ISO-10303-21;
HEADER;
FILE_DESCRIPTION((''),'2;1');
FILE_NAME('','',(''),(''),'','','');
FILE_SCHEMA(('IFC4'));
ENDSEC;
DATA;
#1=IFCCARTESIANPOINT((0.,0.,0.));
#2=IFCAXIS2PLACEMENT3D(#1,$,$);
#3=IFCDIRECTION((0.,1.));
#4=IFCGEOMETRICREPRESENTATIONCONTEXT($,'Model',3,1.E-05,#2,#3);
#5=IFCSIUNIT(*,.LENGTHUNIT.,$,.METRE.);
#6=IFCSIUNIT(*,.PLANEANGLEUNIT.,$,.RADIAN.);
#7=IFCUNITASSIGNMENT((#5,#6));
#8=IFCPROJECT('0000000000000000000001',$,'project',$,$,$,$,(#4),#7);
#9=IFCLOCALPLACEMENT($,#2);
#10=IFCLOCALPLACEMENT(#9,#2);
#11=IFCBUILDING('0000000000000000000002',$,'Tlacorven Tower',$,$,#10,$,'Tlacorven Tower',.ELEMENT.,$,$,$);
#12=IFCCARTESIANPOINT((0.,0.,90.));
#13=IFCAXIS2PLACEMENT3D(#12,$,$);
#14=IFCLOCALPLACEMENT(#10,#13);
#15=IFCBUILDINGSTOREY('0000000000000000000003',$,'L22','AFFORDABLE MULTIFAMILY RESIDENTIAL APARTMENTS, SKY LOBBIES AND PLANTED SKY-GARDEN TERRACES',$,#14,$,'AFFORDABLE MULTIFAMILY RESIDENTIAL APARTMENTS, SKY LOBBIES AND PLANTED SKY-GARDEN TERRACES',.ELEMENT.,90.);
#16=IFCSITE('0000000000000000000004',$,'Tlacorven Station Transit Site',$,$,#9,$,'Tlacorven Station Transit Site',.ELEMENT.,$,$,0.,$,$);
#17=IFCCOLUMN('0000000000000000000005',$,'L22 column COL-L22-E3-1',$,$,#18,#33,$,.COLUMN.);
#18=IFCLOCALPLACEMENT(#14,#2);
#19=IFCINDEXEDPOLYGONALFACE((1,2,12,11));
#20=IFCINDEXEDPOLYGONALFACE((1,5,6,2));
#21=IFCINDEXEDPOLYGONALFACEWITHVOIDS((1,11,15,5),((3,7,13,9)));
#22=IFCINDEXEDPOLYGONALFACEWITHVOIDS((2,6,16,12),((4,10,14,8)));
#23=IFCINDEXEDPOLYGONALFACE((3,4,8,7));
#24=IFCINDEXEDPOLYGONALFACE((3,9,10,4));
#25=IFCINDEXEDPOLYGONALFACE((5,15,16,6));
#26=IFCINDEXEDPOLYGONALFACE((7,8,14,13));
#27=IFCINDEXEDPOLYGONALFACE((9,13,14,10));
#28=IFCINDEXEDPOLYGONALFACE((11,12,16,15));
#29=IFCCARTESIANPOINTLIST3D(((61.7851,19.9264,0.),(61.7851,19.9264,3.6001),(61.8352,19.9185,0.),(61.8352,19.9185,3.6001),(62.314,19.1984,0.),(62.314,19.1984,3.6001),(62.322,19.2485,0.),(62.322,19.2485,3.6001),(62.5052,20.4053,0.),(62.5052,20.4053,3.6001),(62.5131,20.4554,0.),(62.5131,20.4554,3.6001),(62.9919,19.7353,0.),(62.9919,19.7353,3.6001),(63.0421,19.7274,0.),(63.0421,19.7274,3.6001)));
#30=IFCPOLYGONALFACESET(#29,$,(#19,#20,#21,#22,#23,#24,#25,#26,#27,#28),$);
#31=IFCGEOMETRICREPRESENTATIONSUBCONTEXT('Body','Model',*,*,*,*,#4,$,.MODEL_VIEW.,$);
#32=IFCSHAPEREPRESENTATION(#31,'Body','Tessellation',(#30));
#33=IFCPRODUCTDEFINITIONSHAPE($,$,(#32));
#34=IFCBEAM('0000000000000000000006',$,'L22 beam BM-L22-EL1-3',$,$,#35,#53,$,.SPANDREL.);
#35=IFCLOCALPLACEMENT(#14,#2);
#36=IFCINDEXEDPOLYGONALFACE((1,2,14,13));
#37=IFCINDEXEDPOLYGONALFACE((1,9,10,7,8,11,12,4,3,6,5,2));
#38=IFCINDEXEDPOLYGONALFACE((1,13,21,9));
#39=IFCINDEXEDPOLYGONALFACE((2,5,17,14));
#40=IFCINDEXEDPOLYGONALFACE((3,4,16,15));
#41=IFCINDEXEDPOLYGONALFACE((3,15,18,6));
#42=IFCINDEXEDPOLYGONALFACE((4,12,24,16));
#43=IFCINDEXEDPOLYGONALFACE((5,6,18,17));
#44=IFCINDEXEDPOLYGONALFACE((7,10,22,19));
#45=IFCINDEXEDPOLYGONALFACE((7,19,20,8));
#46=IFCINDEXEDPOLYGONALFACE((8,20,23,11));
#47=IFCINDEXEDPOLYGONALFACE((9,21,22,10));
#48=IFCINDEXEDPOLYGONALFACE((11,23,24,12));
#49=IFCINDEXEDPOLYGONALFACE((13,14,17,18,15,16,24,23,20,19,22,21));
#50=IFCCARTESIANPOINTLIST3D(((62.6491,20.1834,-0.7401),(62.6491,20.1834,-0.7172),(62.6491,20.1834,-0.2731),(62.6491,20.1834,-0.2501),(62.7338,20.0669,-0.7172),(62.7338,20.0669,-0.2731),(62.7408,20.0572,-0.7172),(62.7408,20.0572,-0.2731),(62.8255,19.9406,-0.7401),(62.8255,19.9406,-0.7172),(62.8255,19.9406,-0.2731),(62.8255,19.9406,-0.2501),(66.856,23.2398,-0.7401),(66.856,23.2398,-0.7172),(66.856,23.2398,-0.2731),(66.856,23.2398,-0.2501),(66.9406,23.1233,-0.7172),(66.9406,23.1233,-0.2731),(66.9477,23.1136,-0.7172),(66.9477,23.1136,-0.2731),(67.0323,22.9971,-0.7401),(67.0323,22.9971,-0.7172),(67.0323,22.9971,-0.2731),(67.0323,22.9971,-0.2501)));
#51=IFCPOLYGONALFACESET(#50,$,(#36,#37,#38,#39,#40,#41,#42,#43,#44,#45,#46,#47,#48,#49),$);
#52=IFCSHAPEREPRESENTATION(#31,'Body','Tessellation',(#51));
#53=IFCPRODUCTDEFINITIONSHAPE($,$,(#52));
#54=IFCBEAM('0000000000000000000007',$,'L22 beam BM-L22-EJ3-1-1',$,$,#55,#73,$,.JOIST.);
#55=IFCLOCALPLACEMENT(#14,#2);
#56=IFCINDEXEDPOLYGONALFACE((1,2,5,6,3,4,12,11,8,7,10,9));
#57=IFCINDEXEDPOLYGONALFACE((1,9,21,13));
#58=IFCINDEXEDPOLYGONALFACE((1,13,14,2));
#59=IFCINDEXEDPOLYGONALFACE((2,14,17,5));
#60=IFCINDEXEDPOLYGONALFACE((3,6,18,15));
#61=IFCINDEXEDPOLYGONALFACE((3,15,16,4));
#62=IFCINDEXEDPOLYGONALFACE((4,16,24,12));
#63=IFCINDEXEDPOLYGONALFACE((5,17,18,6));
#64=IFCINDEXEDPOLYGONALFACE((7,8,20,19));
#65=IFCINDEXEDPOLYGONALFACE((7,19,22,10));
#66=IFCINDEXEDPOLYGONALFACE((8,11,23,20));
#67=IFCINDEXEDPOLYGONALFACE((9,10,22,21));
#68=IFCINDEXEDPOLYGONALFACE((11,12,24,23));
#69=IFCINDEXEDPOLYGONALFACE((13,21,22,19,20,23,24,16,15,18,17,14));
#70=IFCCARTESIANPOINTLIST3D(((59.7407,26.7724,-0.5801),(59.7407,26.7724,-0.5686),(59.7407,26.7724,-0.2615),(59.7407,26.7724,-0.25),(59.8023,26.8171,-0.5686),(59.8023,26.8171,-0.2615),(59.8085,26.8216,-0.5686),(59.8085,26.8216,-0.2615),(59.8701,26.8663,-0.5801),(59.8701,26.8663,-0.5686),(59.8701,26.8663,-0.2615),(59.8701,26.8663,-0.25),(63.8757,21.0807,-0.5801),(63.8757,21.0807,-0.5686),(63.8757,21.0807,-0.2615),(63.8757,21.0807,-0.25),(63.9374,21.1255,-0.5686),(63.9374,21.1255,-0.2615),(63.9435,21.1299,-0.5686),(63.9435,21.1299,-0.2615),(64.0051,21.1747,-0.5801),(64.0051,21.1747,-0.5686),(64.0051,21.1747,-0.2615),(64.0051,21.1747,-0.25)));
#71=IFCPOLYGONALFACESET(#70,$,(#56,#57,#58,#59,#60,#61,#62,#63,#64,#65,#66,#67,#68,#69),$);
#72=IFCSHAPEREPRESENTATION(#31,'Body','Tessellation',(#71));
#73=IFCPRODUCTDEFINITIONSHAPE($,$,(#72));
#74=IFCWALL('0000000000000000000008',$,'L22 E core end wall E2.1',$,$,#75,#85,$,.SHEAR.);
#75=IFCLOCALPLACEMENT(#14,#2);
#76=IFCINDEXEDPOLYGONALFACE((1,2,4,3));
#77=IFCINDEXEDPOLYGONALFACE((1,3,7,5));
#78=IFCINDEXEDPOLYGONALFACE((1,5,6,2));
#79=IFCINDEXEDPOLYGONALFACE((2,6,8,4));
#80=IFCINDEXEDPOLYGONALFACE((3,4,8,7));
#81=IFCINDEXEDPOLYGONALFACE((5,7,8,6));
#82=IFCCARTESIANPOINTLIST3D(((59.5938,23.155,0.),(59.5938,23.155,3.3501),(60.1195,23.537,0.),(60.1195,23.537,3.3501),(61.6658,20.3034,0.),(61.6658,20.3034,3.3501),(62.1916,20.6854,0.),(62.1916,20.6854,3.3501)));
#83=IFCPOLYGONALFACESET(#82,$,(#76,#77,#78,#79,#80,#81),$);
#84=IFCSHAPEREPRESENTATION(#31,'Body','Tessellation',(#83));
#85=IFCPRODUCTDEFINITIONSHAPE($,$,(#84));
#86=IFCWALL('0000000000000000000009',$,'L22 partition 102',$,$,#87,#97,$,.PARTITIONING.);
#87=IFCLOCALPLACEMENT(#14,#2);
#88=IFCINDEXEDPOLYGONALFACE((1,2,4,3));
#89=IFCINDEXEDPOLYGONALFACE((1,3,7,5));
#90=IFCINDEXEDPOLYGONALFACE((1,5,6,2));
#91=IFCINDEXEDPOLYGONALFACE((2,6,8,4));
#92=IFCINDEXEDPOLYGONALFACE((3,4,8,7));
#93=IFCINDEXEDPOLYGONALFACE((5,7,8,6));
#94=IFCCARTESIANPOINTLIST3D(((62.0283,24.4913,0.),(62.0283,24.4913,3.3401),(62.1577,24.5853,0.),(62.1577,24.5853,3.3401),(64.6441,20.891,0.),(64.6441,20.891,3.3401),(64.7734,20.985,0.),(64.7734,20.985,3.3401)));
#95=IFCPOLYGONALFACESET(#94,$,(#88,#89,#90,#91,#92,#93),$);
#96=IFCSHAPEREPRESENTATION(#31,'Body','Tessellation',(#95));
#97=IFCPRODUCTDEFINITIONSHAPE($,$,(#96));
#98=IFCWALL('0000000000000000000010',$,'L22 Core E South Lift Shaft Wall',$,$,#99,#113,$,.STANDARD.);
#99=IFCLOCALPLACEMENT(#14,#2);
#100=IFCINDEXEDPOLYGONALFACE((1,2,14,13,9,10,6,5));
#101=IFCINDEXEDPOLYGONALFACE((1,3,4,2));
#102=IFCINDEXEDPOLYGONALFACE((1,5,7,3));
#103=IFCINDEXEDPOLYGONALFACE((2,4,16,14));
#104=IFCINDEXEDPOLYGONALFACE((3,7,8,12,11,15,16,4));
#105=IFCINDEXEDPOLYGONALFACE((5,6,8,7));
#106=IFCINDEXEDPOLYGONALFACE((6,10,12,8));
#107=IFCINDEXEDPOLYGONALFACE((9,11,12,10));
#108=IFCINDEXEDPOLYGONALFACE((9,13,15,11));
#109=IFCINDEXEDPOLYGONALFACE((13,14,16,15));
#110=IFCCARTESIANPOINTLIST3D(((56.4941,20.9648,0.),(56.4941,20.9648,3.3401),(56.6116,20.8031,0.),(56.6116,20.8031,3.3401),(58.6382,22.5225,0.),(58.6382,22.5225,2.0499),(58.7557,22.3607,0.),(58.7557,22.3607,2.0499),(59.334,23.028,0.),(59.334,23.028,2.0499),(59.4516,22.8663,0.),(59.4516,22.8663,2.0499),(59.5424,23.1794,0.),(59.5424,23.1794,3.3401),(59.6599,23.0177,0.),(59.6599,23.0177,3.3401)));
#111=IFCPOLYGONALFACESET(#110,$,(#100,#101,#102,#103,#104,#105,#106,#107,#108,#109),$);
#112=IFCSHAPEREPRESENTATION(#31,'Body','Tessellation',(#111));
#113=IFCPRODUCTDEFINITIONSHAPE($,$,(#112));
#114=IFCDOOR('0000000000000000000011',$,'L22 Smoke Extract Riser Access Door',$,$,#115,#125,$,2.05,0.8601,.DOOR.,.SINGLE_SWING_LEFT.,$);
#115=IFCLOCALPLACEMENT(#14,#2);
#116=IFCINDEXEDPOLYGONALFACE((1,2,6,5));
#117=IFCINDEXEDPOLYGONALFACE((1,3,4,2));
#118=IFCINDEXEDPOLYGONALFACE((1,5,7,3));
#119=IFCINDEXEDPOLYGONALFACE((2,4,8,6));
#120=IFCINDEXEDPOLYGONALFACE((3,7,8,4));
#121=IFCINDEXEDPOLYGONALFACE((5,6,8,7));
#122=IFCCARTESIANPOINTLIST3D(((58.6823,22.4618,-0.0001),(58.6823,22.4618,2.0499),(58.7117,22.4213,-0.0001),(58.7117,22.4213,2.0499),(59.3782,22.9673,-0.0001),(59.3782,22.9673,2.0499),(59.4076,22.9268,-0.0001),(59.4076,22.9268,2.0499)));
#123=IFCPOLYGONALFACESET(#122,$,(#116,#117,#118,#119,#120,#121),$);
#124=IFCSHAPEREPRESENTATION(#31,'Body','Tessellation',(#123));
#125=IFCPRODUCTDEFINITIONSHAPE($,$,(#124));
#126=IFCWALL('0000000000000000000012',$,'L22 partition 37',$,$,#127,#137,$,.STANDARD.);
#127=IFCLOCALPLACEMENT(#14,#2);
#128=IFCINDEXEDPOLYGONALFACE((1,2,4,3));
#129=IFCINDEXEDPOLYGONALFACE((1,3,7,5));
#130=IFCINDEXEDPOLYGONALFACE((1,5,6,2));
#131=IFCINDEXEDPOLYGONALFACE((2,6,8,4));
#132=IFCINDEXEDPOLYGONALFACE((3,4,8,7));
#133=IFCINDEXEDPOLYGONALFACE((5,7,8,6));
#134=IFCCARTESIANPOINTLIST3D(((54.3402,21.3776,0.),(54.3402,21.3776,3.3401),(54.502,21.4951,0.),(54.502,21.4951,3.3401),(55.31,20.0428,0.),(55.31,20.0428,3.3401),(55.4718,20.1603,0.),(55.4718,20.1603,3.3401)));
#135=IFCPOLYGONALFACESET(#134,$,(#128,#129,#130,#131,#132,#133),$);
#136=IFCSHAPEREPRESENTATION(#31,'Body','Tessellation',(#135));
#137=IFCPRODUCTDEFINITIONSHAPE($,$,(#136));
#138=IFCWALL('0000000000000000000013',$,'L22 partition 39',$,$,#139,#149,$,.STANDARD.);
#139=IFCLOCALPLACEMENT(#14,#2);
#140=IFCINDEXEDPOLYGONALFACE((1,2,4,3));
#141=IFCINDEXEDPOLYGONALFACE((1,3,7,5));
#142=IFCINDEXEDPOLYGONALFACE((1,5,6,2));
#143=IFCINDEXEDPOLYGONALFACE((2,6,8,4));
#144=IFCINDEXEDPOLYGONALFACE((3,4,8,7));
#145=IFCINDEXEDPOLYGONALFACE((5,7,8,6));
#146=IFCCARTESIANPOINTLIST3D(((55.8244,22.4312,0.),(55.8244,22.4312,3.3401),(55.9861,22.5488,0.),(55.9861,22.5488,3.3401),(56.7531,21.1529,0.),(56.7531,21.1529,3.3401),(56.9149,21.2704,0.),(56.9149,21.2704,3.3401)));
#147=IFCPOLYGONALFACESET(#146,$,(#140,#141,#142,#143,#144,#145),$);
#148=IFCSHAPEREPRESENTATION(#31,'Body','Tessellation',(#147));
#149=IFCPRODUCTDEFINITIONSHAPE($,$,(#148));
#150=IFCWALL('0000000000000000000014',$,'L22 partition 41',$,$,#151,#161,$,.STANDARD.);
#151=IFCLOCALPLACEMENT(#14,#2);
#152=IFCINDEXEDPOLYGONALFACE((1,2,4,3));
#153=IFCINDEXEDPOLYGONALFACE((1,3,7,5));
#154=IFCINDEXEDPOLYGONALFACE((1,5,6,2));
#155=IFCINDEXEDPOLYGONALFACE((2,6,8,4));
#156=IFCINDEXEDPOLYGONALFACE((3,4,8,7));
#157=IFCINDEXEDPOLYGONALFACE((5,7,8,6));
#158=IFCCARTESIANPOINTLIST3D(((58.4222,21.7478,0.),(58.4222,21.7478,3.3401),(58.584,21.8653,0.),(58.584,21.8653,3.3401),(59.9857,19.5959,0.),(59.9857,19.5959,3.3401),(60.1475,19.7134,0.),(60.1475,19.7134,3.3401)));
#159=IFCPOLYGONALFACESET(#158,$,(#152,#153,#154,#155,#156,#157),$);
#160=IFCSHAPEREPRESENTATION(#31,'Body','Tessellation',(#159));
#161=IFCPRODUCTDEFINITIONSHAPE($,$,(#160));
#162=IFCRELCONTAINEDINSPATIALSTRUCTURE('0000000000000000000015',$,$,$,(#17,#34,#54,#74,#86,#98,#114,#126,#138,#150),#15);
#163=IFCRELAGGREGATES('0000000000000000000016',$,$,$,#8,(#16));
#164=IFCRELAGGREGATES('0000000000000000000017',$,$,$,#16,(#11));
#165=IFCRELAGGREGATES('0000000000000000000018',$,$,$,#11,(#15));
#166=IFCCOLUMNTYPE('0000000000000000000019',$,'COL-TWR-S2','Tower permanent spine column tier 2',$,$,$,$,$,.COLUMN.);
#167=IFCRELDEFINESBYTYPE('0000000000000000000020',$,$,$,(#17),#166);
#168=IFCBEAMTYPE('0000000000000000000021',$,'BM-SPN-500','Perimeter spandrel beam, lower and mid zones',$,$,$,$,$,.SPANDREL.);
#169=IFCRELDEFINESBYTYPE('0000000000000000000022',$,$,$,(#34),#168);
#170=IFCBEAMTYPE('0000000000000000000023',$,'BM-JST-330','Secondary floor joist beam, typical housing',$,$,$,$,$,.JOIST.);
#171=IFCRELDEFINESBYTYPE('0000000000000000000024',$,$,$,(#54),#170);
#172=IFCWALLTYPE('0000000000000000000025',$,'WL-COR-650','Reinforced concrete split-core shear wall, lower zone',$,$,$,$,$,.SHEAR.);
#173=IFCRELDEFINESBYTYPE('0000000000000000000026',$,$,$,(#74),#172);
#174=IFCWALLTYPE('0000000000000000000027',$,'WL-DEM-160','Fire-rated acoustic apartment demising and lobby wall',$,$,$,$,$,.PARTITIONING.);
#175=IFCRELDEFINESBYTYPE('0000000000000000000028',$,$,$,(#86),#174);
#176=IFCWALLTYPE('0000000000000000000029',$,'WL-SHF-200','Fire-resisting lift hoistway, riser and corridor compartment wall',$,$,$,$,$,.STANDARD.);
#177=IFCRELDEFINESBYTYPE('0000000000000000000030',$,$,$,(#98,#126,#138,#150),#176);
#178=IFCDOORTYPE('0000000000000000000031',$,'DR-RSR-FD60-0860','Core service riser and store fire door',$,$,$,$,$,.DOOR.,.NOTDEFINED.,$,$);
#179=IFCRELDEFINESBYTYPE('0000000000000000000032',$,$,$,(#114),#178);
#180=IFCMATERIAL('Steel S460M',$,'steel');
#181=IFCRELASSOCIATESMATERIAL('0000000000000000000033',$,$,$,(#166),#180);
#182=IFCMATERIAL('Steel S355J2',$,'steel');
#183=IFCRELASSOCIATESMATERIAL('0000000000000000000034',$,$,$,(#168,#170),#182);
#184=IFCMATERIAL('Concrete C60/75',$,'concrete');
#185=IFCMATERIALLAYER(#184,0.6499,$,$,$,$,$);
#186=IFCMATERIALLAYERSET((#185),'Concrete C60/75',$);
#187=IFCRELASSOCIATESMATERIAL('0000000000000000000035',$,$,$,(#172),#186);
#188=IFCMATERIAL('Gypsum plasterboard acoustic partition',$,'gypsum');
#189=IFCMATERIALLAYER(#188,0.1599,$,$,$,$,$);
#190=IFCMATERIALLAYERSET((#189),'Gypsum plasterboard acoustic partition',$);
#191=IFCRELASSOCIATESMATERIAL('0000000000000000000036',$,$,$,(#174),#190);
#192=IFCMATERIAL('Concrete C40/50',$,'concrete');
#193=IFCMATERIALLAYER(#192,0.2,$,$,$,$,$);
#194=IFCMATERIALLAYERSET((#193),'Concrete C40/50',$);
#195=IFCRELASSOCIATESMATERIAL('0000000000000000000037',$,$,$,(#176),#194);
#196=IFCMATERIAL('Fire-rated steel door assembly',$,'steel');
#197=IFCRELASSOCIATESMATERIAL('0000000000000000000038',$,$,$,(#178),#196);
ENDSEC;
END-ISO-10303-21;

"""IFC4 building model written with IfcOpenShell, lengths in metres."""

from ifc_helpers import new_model, si_unit, direction, frame, frame_2d, origin, origin_2d, place, context, subcontext, project, spatial, rectangle, hollow_rectangle, i_section, extrude, source, transform, mapped, material, layer, layer_set, material_profile, profile_set, type_object, element, fill, save


model = new_model("IFC4")

# Units and contexts
model_context = context("Model", 3, precision=1e-05, world=origin(), true_north=direction((0.0, 1.0)))
body_context = subcontext(model_context, "Body", "Model", "MODEL_VIEW")
ifc_project = project(units=[si_unit("LENGTHUNIT", "METRE"), si_unit("PLANEANGLEUNIT", "RADIAN")], contexts=[model_context])

# Site, building, storey
site_placement = place(None, origin())
site = spatial("IfcSite", under=ifc_project, at=site_placement, Name="Tlacorven Station Transit Site", LongName="Tlacorven Station Transit Site", CompositionType="ELEMENT", RefElevation=0.0)
building_placement = place(site_placement, origin())
building = spatial("IfcBuilding", under=site, at=building_placement, Name="Tlacorven Tower", LongName="Tlacorven Tower", CompositionType="ELEMENT")
storey_placement = place(building_placement, frame((0.0, 0.0, 90.0)))
storey = spatial("IfcBuildingStorey", under=building, at=storey_placement, Name="L22", Description="AFFORDABLE MULTIFAMILY RESIDENTIAL APARTMENTS, SKY LOBBIES AND PLANTED SKY-GARDEN TERRACES", LongName="AFFORDABLE MULTIFAMILY RESIDENTIAL APARTMENTS, SKY LOBBIES AND PLANTED SKY-GARDEN TERRACES", CompositionType="ELEMENT", Elevation=90.0)

# Column
ifc_material_1 = material(Name="Steel S460M", Category="steel")
ifc_material_profile_1 = material_profile(ifc_material_1, hollow_rectangle(XDim=0.8999, YDim=0.8999, WallThickness=0.0359, at=origin_2d()), Name="BOX 900X900X36")
ifc_profile_set_1 = profile_set([ifc_material_profile_1], Name="Steel S460M")
column_type = type_object("IfcColumnType", Name="COL-TWR-S2", Description="Tower permanent spine column tier 2", PredefinedType="COLUMN", material=ifc_profile_set_1)
shared_shape_1 = source(origin(), body_context, "Body", "SweptSolid", [
    extrude(hollow_rectangle(XDim=0.8999, YDim=0.8999, WallThickness=0.0359, at=origin_2d()), origin(), (0.0, 0.0, 1.0), 3.6001),
])
column_placement = place(storey_placement, frame((62.4136, 19.8269, 0.0), z_axis=(0.0, 0.0, 1.0), x_axis=(0.809017, 0.587785, 0.0)))
element("IfcColumn", 1, at=column_placement, inside=storey, type_object=column_type, Name="L22 column COL-L22-E3-1", PredefinedType="COLUMN", context=body_context, shape_type="MappedRepresentation", body=[
    mapped(shared_shape_1, transform((0.0, 0.0, 0.0), scale=1.0)),
])

# Beams
ifc_material_2 = material(Name="Steel S355J2", Category="steel")
ifc_material_profile_2 = material_profile(ifc_material_2, i_section(OverallWidth=0.3, OverallDepth=0.49, WebThickness=0.012, FlangeThickness=0.0229, at=origin_2d()), Name="HEA 500")
ifc_profile_set_2 = profile_set([ifc_material_profile_2], Name="Steel S355J2")
beam_type_1 = type_object("IfcBeamType", Name="BM-SPN-500", Description="Perimeter spandrel beam, lower and mid zones", PredefinedType="SPANDREL", material=ifc_profile_set_2)
shared_shape_2 = source(origin(), body_context, "Body", "SweptSolid", [
    extrude(i_section(OverallWidth=0.3, OverallDepth=0.49, WebThickness=0.012, FlangeThickness=0.0229, at=origin_2d()), origin(), (0.0, 0.0, 1.0), 5.2),
])
beam_1_placement = place(storey_placement, frame((62.7373, 20.062, -0.4951), z_axis=(0.809018, 0.587784, 0.0), x_axis=(-0.587784, 0.809018, 0.0)))
element("IfcBeam", 2, at=beam_1_placement, inside=storey, type_object=beam_type_1, Name="L22 beam BM-L22-EL1-3", PredefinedType="SPANDREL", context=body_context, shape_type="MappedRepresentation", body=[
    mapped(shared_shape_2, transform((0.0, 0.0, 0.0), scale=1.0)),
])
ifc_material_profile_3 = material_profile(ifc_material_2, i_section(OverallWidth=0.1599, OverallDepth=0.3301, WebThickness=0.0076, FlangeThickness=0.0115, at=origin_2d()), Name="IPE 330")
ifc_profile_set_3 = profile_set([ifc_material_profile_3], Name="Steel S355J2")
beam_type_2 = type_object("IfcBeamType", Name="BM-JST-330", Description="Secondary floor joist beam, typical housing", PredefinedType="JOIST", material=ifc_profile_set_3)
shared_shape_3 = source(origin(), body_context, "Body", "SweptSolid", [
    extrude(i_section(OverallWidth=0.1599, OverallDepth=0.3301, WebThickness=0.0076, FlangeThickness=0.0115, at=origin_2d()), origin(), (0.0, 0.0, 1.0), 7.0352),
])
beam_2_placement = place(storey_placement, frame((63.9404, 21.1277, -0.415), z_axis=(-0.587765, 0.809032, 0.0), x_axis=(-0.809032, -0.587765, 0.0)))
element("IfcBeam", 3, at=beam_2_placement, inside=storey, type_object=beam_type_2, Name="L22 beam BM-L22-EJ3-1-1", PredefinedType="JOIST", context=body_context, shape_type="MappedRepresentation", body=[
    mapped(shared_shape_3, transform((0.0, 0.0, 0.0), scale=1.0)),
])

# Walls
ifc_material_3 = material(Name="Concrete C60/75", Category="concrete")
ifc_layer_1 = layer(ifc_material_3, 0.6499)
ifc_layer_set_1 = layer_set([ifc_layer_1], Name="Concrete C60/75")
wall_type_1 = type_object("IfcWallType", Name="WL-COR-650", Description="Reinforced concrete split-core shear wall, lower zone", PredefinedType="SHEAR", material=ifc_layer_set_1)
wall_1_placement = place(storey_placement, frame((61.9287, 20.4944, 0.0), z_axis=(0.0, 0.0, 1.0), x_axis=(-0.58783, 0.808985, 0.0)))
element("IfcWall", 4, at=wall_1_placement, inside=storey, type_object=wall_type_1, Name="L22 E core end wall E2.1", PredefinedType="SHEAR", context=body_context, shape_type="SweptSolid", body=[
    extrude(rectangle(XDim=3.5249, YDim=0.6499, at=frame_2d((1.7625, 0.0))), origin(), (0.0, 0.0, 1.0), 3.3501),
])
ifc_material_4 = material(Name="Gypsum plasterboard acoustic partition", Category="gypsum")
ifc_layer_2 = layer(ifc_material_4, 0.1599)
ifc_layer_set_2 = layer_set([ifc_layer_2], Name="Gypsum plasterboard acoustic partition")
wall_type_2 = type_object("IfcWallType", Name="WL-DEM-160", Description="Fire-rated acoustic apartment demising and lobby wall", PredefinedType="PARTITIONING", material=ifc_layer_set_2)
wall_2_placement = place(storey_placement, frame((64.7087, 20.938, 0.0), z_axis=(0.0, 0.0, 1.0), x_axis=(-0.587774, 0.809025, 0.0)))
element("IfcWall", 5, at=wall_2_placement, inside=storey, type_object=wall_type_2, Name="L22 partition 102", PredefinedType="PARTITIONING", context=body_context, shape_type="SweptSolid", body=[
    extrude(rectangle(XDim=4.4502, YDim=0.1599, at=frame_2d((2.2251, 0.0))), origin(), (0.0, 0.0, 1.0), 3.3401),
])

# Wall, opening, door
ifc_material_5 = material(Name="Concrete C40/50", Category="concrete")
ifc_layer_3 = layer(ifc_material_5, 0.2)
ifc_layer_set_3 = layer_set([ifc_layer_3], Name="Concrete C40/50")
wall_type_3 = type_object("IfcWallType", Name="WL-SHF-200", Description="Fire-resisting lift hoistway, riser and corridor compartment wall", PredefinedType="STANDARD", material=ifc_layer_set_3)
wall_3_placement = place(storey_placement, frame((56.553, 20.884, 0.0), z_axis=(0.0, 0.0, 1.0), x_axis=(0.809036, 0.587759, 0.0)))
wall_3 = element("IfcWall", 6, at=wall_3_placement, inside=storey, type_object=wall_type_3, Name="L22 Core E South Lift Shaft Wall", PredefinedType="STANDARD", context=body_context, shape_type="SweptSolid", body=[
    extrude(rectangle(XDim=3.7678, YDim=0.2, at=frame_2d((1.8838, 0.0))), origin(), (0.0, 0.0, 1.0), 3.3401),
])
opening_1_placement = place(wall_3_placement, frame((2.6499, 0.0, 0.0)))
opening_1 = element("IfcOpeningElement", 7, at=opening_1_placement, cuts=wall_3, PredefinedType="OPENING", context=body_context, shape_type="SweptSolid", body=[
    extrude(rectangle(XDim=0.8601, YDim=2.05, at=frame_2d((0.4302, 1.0249))), frame((0.0, 0.1099, 0.0), z_axis=(0.0, -1.0, 0.0), x_axis=(1.0, 0.0, 0.0)), (0.0, 0.0, 1.0), 0.22),
])
ifc_material_6 = material(Name="Fire-rated steel door assembly", Category="steel")
door_type_1 = type_object("IfcDoorType", Name="DR-RSR-FD60-0860", Description="Core service riser and store fire door", OperationType="NOTDEFINED", PredefinedType="DOOR", material=ifc_material_6)
shared_shape_4 = source(origin(), body_context, "Body", "SweptSolid", [
    extrude(rectangle(XDim=0.8601, YDim=2.05, at=frame_2d((0.4302, 1.0249))), frame((0.0, 0.0249, 0.0), z_axis=(0.0, -1.0, 0.0), x_axis=(1.0, 0.0, 0.0)), (0.0, 0.0, 1.0), 0.05),
])
door_1_placement = place(opening_1_placement, origin())
door_1 = element("IfcDoor", 8, at=door_1_placement, inside=storey, type_object=door_type_1, Name="L22 Smoke Extract Riser Access Door", OperationType="SINGLE_SWING_LEFT", OverallHeight=2.05, OverallWidth=0.8601, PredefinedType="DOOR", context=body_context, shape_type="MappedRepresentation", body=[
    mapped(shared_shape_4, transform((0.0, 0.0, 0.0), scale=1.0)),
])
fill(opening_1, door_1)

# Walls
wall_4_placement = place(storey_placement, frame((55.3909, 20.1016, 0.0), z_axis=(0.0, 0.0, 1.0), x_axis=(-0.587784, 0.809018, 0.0)))
element("IfcWall", 9, at=wall_4_placement, inside=storey, type_object=wall_type_3, Name="L22 partition 37", PredefinedType="STANDARD", context=body_context, shape_type="SweptSolid", body=[
    extrude(rectangle(XDim=1.6499, YDim=0.2, at=frame_2d((0.825, 0.0))), origin(), (0.0, 0.0, 1.0), 3.3401),
])
wall_5_placement = place(storey_placement, frame((56.834, 21.2117, 0.0), z_axis=(0.0, 0.0, 1.0), x_axis=(-0.587767, 0.80903, 0.0)))
element("IfcWall", 10, at=wall_5_placement, inside=storey, type_object=wall_type_3, Name="L22 partition 39", PredefinedType="STANDARD", context=body_context, shape_type="SweptSolid", body=[
    extrude(rectangle(XDim=1.5801, YDim=0.2, at=frame_2d((0.79, 0.0))), origin(), (0.0, 0.0, 1.0), 3.3401),
])
wall_6_placement = place(storey_placement, frame((60.0667, 19.6545, 0.0), z_axis=(0.0, 0.0, 1.0), x_axis=(-0.587801, 0.809006, 0.0)))
element("IfcWall", 11, at=wall_6_placement, inside=storey, type_object=wall_type_3, Name="L22 partition 41", PredefinedType="STANDARD", context=body_context, shape_type="SweptSolid", body=[
    extrude(rectangle(XDim=2.6599, YDim=0.2, at=frame_2d((1.3301, 0.0))), origin(), (0.0, 0.0, 1.0), 3.3401),
])

save(model, "model.ifc")
